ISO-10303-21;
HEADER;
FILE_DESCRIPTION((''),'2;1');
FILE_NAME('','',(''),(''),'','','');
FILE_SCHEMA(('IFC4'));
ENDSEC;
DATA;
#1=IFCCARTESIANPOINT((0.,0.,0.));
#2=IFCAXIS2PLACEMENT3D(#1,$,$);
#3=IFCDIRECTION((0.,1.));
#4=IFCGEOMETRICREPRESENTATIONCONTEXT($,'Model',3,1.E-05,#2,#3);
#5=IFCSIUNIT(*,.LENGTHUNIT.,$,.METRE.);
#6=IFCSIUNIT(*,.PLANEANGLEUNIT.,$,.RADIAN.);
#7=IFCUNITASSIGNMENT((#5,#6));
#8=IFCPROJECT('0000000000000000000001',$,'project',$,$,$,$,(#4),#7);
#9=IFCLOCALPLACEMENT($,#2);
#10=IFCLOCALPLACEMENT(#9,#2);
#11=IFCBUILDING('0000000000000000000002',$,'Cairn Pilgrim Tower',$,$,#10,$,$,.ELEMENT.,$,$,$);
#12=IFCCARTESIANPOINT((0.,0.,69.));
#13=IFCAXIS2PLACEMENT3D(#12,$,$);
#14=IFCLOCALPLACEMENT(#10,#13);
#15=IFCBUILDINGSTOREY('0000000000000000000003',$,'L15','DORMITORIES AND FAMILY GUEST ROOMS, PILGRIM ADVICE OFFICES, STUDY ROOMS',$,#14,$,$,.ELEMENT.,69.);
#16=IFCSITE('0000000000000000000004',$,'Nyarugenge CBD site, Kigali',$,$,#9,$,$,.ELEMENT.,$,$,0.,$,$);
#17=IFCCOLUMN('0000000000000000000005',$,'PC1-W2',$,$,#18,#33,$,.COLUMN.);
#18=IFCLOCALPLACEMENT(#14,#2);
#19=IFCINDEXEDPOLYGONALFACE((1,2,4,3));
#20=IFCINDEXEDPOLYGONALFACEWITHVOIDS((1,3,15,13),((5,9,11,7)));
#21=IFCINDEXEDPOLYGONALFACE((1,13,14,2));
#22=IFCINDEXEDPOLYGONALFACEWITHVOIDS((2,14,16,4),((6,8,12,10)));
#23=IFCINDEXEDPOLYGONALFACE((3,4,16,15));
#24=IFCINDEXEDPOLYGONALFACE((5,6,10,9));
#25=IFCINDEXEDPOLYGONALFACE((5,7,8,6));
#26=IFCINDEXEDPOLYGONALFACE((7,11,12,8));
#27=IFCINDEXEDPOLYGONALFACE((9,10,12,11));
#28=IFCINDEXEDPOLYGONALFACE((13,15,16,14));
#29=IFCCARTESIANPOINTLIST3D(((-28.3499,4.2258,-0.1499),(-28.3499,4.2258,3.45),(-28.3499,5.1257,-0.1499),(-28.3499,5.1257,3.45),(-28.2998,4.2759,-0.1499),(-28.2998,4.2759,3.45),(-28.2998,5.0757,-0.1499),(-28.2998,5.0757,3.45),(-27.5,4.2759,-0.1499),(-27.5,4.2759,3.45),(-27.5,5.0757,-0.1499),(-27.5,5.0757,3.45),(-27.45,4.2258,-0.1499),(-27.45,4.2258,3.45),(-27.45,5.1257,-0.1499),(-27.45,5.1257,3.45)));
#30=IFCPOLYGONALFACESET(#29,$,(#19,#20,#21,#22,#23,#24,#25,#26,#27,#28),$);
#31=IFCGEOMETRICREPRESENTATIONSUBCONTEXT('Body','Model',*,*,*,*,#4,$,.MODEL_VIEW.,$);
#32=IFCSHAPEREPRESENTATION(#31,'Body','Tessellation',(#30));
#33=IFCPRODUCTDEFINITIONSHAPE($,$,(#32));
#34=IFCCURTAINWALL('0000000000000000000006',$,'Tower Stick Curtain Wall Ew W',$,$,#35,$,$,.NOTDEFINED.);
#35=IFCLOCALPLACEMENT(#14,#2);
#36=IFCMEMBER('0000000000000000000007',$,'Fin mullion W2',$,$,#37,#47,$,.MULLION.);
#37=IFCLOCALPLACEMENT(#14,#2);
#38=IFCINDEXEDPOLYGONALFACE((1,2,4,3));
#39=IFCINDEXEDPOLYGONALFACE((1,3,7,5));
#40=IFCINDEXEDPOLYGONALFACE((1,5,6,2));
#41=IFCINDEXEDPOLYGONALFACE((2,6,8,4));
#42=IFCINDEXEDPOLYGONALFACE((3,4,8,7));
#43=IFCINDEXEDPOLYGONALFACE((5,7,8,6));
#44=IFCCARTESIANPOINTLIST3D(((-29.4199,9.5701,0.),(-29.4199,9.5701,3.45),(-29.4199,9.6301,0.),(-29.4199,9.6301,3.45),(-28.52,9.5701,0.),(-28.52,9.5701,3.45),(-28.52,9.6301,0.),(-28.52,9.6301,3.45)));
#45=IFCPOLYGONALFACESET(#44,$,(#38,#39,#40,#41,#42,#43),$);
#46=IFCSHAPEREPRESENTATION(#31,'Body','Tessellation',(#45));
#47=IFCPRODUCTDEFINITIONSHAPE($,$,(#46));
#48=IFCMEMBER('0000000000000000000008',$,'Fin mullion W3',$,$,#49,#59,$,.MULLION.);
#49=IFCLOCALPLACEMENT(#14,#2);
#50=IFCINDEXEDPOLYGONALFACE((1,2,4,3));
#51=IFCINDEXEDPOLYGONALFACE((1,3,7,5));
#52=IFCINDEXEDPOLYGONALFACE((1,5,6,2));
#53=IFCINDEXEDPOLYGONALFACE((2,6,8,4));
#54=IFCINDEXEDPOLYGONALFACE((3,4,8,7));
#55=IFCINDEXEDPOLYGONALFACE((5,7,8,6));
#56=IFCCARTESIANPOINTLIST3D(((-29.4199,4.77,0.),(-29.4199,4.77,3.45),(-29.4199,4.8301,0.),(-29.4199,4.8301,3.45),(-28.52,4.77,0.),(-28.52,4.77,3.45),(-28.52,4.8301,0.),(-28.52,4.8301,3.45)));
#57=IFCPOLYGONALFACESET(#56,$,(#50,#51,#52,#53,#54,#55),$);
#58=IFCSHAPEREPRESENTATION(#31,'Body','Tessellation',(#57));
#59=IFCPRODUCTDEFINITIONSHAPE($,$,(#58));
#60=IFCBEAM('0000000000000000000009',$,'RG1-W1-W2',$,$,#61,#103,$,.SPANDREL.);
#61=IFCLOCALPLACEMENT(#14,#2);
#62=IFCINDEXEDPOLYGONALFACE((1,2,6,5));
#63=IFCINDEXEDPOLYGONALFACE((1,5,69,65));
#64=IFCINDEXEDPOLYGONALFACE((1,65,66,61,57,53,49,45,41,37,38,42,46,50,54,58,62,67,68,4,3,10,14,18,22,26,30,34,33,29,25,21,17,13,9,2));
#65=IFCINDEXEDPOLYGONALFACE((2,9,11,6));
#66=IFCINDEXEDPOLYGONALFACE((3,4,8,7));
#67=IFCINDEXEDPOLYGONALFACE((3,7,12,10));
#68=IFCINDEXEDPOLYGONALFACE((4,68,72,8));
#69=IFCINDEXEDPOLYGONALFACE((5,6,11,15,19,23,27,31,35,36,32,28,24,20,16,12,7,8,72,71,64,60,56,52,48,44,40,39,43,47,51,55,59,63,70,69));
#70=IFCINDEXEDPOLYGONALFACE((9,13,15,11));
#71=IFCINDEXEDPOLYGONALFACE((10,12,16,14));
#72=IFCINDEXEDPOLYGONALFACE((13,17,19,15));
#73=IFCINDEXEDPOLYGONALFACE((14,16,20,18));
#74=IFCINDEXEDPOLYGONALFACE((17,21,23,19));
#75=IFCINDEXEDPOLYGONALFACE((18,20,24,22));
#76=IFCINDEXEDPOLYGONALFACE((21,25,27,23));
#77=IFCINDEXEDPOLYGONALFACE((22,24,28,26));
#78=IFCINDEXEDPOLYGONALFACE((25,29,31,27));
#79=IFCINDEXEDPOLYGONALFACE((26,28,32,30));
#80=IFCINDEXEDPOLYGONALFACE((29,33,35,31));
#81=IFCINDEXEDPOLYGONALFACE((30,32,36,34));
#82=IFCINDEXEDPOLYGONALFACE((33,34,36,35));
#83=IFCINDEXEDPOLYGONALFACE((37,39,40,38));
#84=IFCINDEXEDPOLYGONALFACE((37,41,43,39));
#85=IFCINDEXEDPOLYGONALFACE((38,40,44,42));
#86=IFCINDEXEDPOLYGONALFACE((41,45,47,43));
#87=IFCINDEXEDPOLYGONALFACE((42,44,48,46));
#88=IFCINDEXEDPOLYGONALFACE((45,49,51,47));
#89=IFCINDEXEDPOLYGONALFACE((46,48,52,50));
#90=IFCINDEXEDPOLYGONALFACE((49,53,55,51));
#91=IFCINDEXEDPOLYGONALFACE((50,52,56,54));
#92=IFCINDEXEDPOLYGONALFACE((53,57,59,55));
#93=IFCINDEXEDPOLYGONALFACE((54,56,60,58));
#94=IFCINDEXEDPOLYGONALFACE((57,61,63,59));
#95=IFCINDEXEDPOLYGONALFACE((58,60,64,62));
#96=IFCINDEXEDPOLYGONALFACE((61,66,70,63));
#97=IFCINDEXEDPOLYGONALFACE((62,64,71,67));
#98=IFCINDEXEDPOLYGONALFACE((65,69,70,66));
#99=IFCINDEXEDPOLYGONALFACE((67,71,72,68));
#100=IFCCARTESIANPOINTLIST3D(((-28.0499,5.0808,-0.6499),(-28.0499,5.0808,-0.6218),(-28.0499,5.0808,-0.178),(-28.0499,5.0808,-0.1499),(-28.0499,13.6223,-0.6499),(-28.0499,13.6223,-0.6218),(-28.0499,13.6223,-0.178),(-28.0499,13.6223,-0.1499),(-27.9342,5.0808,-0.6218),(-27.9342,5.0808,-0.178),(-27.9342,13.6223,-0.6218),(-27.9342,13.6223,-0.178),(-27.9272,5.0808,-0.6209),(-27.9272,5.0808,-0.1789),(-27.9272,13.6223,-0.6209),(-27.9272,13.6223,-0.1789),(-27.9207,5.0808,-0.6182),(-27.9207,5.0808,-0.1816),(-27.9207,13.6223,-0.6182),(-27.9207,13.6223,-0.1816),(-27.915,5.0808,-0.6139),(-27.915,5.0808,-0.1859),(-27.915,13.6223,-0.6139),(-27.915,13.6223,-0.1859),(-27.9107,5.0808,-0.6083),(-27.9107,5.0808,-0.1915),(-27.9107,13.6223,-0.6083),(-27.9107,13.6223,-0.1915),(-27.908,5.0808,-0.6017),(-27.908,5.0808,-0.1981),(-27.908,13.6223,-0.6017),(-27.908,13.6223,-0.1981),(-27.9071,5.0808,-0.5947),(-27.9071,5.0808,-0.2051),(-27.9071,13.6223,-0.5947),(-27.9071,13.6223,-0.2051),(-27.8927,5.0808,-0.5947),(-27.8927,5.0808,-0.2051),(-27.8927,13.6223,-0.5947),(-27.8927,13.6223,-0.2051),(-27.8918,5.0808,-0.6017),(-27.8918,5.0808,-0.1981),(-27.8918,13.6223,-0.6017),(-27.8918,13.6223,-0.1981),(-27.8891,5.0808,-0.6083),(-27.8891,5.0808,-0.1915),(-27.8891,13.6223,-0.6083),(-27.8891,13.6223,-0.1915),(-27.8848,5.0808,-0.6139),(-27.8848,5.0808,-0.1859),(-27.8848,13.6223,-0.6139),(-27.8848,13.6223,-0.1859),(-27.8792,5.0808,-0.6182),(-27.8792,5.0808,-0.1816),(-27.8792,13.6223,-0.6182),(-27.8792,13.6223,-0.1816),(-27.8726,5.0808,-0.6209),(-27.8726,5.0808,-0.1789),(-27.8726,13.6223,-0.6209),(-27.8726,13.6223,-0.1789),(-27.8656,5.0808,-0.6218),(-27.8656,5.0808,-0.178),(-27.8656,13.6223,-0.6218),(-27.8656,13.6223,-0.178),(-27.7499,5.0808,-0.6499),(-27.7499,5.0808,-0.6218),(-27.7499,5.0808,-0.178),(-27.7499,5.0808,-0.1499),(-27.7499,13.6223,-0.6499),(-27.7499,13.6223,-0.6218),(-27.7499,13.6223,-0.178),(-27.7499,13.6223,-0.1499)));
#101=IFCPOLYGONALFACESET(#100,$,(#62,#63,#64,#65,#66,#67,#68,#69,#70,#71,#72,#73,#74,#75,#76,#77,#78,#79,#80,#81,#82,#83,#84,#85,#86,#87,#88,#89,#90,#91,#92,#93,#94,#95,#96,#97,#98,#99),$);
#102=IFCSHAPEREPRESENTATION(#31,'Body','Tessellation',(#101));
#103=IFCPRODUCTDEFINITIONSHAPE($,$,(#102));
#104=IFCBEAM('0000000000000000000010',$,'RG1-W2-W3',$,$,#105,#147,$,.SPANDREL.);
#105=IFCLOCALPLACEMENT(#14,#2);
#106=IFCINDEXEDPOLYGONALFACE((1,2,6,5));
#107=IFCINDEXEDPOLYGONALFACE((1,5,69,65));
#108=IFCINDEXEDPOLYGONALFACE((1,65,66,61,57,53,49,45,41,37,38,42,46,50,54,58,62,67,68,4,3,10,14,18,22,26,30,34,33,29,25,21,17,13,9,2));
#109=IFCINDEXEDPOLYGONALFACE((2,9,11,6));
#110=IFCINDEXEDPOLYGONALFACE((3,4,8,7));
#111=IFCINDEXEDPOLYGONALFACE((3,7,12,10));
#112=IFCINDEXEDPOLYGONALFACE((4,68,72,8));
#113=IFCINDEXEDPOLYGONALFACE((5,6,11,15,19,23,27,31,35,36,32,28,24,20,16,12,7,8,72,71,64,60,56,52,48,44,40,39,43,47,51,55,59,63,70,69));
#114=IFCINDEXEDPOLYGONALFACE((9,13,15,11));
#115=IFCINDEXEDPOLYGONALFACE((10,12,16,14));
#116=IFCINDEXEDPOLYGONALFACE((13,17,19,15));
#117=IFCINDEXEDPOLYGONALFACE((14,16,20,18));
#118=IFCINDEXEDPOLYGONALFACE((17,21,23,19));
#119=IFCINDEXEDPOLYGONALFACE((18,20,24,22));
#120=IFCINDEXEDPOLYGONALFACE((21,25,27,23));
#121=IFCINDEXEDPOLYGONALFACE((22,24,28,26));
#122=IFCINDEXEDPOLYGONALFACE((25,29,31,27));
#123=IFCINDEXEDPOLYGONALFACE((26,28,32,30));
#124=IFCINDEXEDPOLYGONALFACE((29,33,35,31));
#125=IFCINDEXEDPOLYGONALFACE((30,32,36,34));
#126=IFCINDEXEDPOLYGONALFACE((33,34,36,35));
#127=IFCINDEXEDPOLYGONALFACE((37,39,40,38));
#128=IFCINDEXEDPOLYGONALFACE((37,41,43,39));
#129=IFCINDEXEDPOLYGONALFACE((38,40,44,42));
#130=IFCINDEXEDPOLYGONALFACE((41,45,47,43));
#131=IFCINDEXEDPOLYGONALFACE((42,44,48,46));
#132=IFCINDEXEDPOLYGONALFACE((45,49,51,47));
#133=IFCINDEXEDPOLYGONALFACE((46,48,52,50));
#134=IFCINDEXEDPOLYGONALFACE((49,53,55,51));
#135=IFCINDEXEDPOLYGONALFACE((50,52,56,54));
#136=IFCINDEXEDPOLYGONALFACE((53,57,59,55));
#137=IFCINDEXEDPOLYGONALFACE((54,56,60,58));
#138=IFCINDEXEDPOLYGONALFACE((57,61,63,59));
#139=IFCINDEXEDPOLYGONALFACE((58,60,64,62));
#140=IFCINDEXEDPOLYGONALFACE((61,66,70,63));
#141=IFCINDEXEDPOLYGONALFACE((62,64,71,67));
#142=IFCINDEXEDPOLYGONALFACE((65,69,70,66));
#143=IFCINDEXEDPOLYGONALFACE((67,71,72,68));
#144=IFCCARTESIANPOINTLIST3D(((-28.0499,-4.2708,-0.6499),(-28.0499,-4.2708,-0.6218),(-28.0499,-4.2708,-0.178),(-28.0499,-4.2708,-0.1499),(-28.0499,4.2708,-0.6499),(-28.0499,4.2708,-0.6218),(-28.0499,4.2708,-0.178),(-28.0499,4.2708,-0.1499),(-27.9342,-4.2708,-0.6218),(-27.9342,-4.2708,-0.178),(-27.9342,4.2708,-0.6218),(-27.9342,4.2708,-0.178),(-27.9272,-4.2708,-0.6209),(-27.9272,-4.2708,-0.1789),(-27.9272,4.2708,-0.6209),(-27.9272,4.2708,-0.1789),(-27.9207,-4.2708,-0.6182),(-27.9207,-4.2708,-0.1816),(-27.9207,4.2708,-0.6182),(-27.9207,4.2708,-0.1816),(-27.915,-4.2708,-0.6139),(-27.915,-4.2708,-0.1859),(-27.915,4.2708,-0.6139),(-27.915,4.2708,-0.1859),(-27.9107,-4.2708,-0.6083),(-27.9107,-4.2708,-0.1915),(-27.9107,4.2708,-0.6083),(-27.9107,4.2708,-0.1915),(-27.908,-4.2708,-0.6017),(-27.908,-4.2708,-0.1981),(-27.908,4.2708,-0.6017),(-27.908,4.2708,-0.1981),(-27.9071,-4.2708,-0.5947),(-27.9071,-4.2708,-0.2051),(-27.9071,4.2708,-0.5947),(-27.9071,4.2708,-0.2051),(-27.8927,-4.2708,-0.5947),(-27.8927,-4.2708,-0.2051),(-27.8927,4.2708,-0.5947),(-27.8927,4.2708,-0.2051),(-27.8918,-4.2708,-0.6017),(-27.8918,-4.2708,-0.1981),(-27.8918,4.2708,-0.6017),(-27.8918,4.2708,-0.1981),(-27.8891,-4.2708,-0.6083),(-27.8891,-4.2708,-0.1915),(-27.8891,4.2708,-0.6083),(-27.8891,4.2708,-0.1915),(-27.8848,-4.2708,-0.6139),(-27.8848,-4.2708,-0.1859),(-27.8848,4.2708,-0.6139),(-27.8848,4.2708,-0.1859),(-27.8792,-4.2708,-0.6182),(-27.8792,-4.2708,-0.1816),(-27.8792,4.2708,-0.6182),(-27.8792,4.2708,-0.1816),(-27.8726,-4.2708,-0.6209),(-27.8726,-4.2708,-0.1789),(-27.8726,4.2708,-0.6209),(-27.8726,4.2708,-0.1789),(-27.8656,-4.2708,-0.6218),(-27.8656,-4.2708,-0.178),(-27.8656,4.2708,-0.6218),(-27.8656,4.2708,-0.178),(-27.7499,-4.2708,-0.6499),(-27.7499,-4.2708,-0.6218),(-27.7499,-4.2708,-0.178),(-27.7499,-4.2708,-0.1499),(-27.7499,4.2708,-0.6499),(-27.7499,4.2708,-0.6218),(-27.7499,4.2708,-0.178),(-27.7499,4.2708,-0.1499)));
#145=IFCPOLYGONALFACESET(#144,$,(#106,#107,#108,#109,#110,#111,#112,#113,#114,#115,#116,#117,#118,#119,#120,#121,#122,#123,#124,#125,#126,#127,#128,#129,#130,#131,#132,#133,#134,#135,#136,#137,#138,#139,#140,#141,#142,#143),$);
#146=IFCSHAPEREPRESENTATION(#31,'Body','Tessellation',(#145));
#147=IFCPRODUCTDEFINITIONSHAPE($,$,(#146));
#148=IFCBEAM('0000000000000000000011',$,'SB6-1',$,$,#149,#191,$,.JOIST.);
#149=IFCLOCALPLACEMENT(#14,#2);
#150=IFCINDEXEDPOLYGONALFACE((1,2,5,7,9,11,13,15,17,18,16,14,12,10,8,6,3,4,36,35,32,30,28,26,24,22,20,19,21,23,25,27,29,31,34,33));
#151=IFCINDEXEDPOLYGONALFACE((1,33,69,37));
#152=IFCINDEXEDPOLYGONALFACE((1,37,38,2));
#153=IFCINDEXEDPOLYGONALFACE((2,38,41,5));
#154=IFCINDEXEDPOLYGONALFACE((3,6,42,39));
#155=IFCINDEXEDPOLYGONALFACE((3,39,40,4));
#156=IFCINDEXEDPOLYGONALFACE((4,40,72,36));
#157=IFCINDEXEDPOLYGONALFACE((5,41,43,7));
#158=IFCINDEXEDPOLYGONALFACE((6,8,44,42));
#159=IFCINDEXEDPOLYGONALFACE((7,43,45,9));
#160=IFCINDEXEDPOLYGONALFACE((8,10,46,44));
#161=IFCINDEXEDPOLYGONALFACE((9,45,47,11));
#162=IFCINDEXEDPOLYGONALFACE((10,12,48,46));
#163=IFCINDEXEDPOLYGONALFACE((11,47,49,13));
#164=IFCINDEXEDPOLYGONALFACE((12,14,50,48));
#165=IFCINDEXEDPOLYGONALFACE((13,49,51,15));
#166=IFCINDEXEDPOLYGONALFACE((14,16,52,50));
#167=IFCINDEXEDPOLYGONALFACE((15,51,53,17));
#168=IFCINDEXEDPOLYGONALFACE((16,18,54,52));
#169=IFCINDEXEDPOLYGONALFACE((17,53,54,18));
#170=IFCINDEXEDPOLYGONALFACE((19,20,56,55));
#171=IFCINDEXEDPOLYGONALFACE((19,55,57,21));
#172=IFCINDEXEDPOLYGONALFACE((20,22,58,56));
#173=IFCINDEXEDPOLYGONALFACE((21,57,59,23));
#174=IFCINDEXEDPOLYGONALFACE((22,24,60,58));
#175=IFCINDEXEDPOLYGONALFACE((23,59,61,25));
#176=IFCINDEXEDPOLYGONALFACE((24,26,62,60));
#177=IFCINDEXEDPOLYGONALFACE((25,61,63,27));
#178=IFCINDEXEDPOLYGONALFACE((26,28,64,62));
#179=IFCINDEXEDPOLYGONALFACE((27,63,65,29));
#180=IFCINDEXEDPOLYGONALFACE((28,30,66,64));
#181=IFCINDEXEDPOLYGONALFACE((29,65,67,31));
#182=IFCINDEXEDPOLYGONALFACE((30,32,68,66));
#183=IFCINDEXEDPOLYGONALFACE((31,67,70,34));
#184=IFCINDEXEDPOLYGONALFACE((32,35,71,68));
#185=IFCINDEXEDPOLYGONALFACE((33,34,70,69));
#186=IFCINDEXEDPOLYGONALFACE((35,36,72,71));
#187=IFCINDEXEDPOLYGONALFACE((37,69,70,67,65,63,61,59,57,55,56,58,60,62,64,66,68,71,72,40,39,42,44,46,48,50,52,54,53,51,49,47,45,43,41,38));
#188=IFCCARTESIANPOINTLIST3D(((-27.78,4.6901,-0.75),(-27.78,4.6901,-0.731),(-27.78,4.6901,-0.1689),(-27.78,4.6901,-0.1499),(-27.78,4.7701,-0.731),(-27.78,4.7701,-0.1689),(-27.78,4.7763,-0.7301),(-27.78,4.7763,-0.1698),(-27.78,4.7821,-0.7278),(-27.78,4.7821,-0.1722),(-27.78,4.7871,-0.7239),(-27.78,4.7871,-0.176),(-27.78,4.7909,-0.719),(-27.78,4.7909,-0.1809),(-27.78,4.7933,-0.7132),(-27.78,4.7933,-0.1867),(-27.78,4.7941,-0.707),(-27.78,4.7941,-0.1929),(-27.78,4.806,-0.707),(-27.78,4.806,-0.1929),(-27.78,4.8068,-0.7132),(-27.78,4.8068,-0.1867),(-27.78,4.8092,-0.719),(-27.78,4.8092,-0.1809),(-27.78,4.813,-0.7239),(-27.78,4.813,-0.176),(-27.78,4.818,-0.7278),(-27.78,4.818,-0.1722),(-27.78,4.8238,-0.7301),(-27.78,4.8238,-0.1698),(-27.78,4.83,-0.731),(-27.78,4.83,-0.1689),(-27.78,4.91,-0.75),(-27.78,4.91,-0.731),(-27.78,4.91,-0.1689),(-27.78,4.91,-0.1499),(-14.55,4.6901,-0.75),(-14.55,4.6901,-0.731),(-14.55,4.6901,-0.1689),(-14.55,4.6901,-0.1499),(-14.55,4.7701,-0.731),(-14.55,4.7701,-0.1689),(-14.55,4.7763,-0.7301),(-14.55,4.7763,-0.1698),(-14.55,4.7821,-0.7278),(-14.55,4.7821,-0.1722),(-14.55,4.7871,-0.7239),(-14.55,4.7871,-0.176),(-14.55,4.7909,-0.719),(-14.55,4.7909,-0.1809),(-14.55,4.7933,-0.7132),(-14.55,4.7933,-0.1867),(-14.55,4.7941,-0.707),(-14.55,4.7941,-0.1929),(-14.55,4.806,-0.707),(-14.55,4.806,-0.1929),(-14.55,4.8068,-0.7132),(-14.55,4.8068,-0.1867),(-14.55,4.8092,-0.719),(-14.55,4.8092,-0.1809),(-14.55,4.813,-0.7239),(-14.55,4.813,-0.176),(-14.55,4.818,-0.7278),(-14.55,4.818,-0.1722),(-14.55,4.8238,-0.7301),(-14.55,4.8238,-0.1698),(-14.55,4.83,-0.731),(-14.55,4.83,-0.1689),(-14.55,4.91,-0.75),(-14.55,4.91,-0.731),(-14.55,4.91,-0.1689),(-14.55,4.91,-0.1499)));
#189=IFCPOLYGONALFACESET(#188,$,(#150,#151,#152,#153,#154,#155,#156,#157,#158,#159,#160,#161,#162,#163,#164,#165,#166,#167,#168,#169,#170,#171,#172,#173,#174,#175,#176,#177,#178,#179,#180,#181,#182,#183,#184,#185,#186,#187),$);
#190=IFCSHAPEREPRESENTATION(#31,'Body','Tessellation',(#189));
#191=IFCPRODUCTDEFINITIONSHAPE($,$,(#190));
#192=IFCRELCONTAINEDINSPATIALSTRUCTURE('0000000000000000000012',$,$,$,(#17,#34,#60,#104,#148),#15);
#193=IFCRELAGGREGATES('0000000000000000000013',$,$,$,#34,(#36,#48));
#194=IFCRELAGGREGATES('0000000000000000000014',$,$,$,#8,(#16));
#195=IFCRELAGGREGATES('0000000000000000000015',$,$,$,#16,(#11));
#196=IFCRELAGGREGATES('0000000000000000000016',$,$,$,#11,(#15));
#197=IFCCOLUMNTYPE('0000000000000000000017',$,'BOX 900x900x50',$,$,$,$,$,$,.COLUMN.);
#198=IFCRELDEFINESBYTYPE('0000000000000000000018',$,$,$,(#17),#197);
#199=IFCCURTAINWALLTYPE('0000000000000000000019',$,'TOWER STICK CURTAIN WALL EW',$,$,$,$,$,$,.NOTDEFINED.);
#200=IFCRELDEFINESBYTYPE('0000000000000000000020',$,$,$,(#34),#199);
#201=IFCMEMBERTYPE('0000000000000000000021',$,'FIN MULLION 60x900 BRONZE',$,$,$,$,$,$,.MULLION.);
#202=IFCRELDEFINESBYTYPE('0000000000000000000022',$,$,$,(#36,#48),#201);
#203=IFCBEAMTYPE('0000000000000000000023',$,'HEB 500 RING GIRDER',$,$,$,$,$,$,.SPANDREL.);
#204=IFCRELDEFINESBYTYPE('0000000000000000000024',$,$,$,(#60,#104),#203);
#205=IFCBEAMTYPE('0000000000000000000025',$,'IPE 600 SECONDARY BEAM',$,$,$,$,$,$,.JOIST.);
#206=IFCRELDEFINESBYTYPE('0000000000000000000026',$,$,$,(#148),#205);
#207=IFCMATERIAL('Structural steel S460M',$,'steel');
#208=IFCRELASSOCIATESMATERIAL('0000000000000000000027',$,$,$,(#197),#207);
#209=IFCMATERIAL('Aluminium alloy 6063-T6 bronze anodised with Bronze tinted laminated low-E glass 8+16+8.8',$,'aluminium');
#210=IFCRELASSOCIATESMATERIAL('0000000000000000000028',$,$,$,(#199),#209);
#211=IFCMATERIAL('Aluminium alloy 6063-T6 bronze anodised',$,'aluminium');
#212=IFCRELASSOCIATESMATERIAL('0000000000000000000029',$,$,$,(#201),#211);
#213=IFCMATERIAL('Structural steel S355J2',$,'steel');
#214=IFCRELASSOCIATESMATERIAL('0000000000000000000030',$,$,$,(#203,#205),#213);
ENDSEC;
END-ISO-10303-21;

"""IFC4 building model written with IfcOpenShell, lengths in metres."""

from ifc_helpers import new_model, si_unit, direction, frame, origin, origin_2d, place, context, subcontext, project, spatial, rectangle, hollow_rectangle, i_section, extrude, material, material_profile, profile_set, type_object, element, aggregate, save


model = new_model("IFC4")

# Units and contexts
model_context = context("Model", 3, precision=1e-05, world=origin(), true_north=direction((0.0, 1.0)))
body_context = subcontext(model_context, "Body", "Model", "MODEL_VIEW")
ifc_project = project(units=[si_unit("LENGTHUNIT", "METRE"), si_unit("PLANEANGLEUNIT", "RADIAN")], contexts=[model_context])

# Site, building, storey
site_placement = place(None, origin())
site = spatial("IfcSite", under=ifc_project, at=site_placement, Name="Nyarugenge CBD site, Kigali", CompositionType="ELEMENT", RefElevation=0.0)
building_placement = place(site_placement, origin())
building = spatial("IfcBuilding", under=site, at=building_placement, Name="Cairn Pilgrim Tower", CompositionType="ELEMENT")
storey_placement = place(building_placement, frame((0.0, 0.0, 69.0)))
storey = spatial("IfcBuildingStorey", under=building, at=storey_placement, Name="L15", Description="DORMITORIES AND FAMILY GUEST ROOMS, PILGRIM ADVICE OFFICES, STUDY ROOMS", CompositionType="ELEMENT", Elevation=69.0)

# Column
ifc_material_1 = material(Name="Structural steel S460M", Category="steel")
ifc_material_profile_1 = material_profile(ifc_material_1, hollow_rectangle(XDim=0.8999, YDim=0.8999, WallThickness=0.05, at=origin_2d()), Name="BOX 900x900x50")
ifc_profile_set_1 = profile_set([ifc_material_profile_1], Name="Structural steel S460M")
column_type = type_object("IfcColumnType", Name="BOX 900x900x50", PredefinedType="COLUMN", material=ifc_profile_set_1)
column_placement = place(storey_placement, frame((-27.8999, 4.6758, -0.1499), z_axis=(0.0, 0.0, 1.0), x_axis=(1.0, 0.0, 0.0)))
element("IfcColumn", 1, at=column_placement, inside=storey, type_object=column_type, Name="PC1-W2", PredefinedType="COLUMN", context=body_context, shape_type="SweptSolid", body=[
    extrude(hollow_rectangle(XDim=0.8999, YDim=0.8999, WallThickness=0.05, at=origin_2d()), origin(), (0.0, 0.0, 1.0), 3.5999),
])

# Curtain wall, members
ifc_material_2 = material(Name="Aluminium alloy 6063-T6 bronze anodised with Bronze tinted laminated low-E glass 8+16+8.8", Category="aluminium")
curtain_wall_type = type_object("IfcCurtainWallType", Name="TOWER STICK CURTAIN WALL EW", PredefinedType="NOTDEFINED", material=ifc_material_2)
curtain_wall_placement = place(storey_placement, origin())
curtain_wall = element("IfcCurtainWall", 2, at=curtain_wall_placement, inside=storey, type_object=curtain_wall_type, Name="Tower Stick Curtain Wall Ew W", PredefinedType="NOTDEFINED")
ifc_material_3 = material(Name="Aluminium alloy 6063-T6 bronze anodised", Category="aluminium")
ifc_material_profile_2 = material_profile(ifc_material_3, rectangle(XDim=0.8999, YDim=0.0601, at=origin_2d()), Name="FIN MULLION 60x900 BRONZE")
ifc_profile_set_2 = profile_set([ifc_material_profile_2], Name="Aluminium alloy 6063-T6 bronze anodised")
member_type_1 = type_object("IfcMemberType", Name="FIN MULLION 60x900 BRONZE", PredefinedType="MULLION", material=ifc_profile_set_2)
member_1_placement = place(storey_placement, frame((-28.97, 9.6001, 0.0), z_axis=(0.0, 0.0, 1.0), x_axis=(-1.0, 0.0, 0.0)))
member_1 = element("IfcMember", 3, at=member_1_placement, type_object=member_type_1, Name="Fin mullion W2", PredefinedType="MULLION", context=body_context, shape_type="SweptSolid", body=[
    extrude(rectangle(XDim=0.8999, YDim=0.0601, at=origin_2d()), origin(), (0.0, 0.0, 1.0), 3.45),
])
member_2_placement = place(storey_placement, frame((-28.97, 4.8, 0.0), z_axis=(0.0, 0.0, 1.0), x_axis=(-1.0, 0.0, 0.0)))
member_2 = element("IfcMember", 4, at=member_2_placement, type_object=member_type_1, Name="Fin mullion W3", PredefinedType="MULLION", context=body_context, shape_type="SweptSolid", body=[
    extrude(rectangle(XDim=0.8999, YDim=0.0601, at=origin_2d()), origin(), (0.0, 0.0, 1.0), 3.45),
])

# Beams
ifc_material_4 = material(Name="Structural steel S355J2", Category="steel")
ifc_material_profile_3 = material_profile(ifc_material_4, i_section(OverallWidth=0.3, OverallDepth=0.5, WebThickness=0.0144, FlangeThickness=0.0281, FilletRadius=0.0271, at=origin_2d()), Name="HEB 500")
ifc_profile_set_3 = profile_set([ifc_material_profile_3], Name="Structural steel S355J2")
beam_type_1 = type_object("IfcBeamType", Name="HEB 500 RING GIRDER", PredefinedType="SPANDREL", material=ifc_profile_set_3)
for number, where, z_axis, x_axis, name in (
    (5, (-27.8999, 13.6223, -0.3999), (0.0, -1.0, 0.0), (1.0, 0.0, 0.0), "RG1-W1-W2"),
    (6, (-27.8999, 4.2708, -0.3999), (0.0, -1.0, 0.0), (1.0, 0.0, 0.0), "RG1-W2-W3"),
):
    element("IfcBeam", number, at=place(storey_placement, frame(where, z_axis=z_axis, x_axis=x_axis)), inside=storey, type_object=beam_type_1, Name=name, PredefinedType="SPANDREL", context=body_context, shape_type="SweptSolid", body=[
        extrude(i_section(OverallWidth=0.3, OverallDepth=0.5, WebThickness=0.0144, FlangeThickness=0.0281, FilletRadius=0.0271, at=origin_2d()), origin(), (0.0, 0.0, 1.0), 8.5415),
    ])
ifc_material_profile_4 = material_profile(ifc_material_4, i_section(OverallWidth=0.22, OverallDepth=0.6001, WebThickness=0.012, FlangeThickness=0.019, FilletRadius=0.0239, at=origin_2d()), Name="IPE 600")
ifc_profile_set_4 = profile_set([ifc_material_profile_4], Name="Structural steel S355J2")
beam_type_2 = type_object("IfcBeamType", Name="IPE 600 SECONDARY BEAM", PredefinedType="JOIST", material=ifc_profile_set_4)
beam_placement = place(storey_placement, frame((-27.78, 4.8, -0.45), z_axis=(1.0, 0.0, 0.0), x_axis=(0.0, 1.0, 0.0)))
element("IfcBeam", 7, at=beam_placement, inside=storey, type_object=beam_type_2, Name="SB6-1", PredefinedType="JOIST", context=body_context, shape_type="SweptSolid", body=[
    extrude(i_section(OverallWidth=0.22, OverallDepth=0.6001, WebThickness=0.012, FlangeThickness=0.019, FilletRadius=0.0239, at=origin_2d()), origin(), (0.0, 0.0, 1.0), 13.23),
])

aggregate(curtain_wall, [member_1, member_2])

save(model, "model.ifc")
